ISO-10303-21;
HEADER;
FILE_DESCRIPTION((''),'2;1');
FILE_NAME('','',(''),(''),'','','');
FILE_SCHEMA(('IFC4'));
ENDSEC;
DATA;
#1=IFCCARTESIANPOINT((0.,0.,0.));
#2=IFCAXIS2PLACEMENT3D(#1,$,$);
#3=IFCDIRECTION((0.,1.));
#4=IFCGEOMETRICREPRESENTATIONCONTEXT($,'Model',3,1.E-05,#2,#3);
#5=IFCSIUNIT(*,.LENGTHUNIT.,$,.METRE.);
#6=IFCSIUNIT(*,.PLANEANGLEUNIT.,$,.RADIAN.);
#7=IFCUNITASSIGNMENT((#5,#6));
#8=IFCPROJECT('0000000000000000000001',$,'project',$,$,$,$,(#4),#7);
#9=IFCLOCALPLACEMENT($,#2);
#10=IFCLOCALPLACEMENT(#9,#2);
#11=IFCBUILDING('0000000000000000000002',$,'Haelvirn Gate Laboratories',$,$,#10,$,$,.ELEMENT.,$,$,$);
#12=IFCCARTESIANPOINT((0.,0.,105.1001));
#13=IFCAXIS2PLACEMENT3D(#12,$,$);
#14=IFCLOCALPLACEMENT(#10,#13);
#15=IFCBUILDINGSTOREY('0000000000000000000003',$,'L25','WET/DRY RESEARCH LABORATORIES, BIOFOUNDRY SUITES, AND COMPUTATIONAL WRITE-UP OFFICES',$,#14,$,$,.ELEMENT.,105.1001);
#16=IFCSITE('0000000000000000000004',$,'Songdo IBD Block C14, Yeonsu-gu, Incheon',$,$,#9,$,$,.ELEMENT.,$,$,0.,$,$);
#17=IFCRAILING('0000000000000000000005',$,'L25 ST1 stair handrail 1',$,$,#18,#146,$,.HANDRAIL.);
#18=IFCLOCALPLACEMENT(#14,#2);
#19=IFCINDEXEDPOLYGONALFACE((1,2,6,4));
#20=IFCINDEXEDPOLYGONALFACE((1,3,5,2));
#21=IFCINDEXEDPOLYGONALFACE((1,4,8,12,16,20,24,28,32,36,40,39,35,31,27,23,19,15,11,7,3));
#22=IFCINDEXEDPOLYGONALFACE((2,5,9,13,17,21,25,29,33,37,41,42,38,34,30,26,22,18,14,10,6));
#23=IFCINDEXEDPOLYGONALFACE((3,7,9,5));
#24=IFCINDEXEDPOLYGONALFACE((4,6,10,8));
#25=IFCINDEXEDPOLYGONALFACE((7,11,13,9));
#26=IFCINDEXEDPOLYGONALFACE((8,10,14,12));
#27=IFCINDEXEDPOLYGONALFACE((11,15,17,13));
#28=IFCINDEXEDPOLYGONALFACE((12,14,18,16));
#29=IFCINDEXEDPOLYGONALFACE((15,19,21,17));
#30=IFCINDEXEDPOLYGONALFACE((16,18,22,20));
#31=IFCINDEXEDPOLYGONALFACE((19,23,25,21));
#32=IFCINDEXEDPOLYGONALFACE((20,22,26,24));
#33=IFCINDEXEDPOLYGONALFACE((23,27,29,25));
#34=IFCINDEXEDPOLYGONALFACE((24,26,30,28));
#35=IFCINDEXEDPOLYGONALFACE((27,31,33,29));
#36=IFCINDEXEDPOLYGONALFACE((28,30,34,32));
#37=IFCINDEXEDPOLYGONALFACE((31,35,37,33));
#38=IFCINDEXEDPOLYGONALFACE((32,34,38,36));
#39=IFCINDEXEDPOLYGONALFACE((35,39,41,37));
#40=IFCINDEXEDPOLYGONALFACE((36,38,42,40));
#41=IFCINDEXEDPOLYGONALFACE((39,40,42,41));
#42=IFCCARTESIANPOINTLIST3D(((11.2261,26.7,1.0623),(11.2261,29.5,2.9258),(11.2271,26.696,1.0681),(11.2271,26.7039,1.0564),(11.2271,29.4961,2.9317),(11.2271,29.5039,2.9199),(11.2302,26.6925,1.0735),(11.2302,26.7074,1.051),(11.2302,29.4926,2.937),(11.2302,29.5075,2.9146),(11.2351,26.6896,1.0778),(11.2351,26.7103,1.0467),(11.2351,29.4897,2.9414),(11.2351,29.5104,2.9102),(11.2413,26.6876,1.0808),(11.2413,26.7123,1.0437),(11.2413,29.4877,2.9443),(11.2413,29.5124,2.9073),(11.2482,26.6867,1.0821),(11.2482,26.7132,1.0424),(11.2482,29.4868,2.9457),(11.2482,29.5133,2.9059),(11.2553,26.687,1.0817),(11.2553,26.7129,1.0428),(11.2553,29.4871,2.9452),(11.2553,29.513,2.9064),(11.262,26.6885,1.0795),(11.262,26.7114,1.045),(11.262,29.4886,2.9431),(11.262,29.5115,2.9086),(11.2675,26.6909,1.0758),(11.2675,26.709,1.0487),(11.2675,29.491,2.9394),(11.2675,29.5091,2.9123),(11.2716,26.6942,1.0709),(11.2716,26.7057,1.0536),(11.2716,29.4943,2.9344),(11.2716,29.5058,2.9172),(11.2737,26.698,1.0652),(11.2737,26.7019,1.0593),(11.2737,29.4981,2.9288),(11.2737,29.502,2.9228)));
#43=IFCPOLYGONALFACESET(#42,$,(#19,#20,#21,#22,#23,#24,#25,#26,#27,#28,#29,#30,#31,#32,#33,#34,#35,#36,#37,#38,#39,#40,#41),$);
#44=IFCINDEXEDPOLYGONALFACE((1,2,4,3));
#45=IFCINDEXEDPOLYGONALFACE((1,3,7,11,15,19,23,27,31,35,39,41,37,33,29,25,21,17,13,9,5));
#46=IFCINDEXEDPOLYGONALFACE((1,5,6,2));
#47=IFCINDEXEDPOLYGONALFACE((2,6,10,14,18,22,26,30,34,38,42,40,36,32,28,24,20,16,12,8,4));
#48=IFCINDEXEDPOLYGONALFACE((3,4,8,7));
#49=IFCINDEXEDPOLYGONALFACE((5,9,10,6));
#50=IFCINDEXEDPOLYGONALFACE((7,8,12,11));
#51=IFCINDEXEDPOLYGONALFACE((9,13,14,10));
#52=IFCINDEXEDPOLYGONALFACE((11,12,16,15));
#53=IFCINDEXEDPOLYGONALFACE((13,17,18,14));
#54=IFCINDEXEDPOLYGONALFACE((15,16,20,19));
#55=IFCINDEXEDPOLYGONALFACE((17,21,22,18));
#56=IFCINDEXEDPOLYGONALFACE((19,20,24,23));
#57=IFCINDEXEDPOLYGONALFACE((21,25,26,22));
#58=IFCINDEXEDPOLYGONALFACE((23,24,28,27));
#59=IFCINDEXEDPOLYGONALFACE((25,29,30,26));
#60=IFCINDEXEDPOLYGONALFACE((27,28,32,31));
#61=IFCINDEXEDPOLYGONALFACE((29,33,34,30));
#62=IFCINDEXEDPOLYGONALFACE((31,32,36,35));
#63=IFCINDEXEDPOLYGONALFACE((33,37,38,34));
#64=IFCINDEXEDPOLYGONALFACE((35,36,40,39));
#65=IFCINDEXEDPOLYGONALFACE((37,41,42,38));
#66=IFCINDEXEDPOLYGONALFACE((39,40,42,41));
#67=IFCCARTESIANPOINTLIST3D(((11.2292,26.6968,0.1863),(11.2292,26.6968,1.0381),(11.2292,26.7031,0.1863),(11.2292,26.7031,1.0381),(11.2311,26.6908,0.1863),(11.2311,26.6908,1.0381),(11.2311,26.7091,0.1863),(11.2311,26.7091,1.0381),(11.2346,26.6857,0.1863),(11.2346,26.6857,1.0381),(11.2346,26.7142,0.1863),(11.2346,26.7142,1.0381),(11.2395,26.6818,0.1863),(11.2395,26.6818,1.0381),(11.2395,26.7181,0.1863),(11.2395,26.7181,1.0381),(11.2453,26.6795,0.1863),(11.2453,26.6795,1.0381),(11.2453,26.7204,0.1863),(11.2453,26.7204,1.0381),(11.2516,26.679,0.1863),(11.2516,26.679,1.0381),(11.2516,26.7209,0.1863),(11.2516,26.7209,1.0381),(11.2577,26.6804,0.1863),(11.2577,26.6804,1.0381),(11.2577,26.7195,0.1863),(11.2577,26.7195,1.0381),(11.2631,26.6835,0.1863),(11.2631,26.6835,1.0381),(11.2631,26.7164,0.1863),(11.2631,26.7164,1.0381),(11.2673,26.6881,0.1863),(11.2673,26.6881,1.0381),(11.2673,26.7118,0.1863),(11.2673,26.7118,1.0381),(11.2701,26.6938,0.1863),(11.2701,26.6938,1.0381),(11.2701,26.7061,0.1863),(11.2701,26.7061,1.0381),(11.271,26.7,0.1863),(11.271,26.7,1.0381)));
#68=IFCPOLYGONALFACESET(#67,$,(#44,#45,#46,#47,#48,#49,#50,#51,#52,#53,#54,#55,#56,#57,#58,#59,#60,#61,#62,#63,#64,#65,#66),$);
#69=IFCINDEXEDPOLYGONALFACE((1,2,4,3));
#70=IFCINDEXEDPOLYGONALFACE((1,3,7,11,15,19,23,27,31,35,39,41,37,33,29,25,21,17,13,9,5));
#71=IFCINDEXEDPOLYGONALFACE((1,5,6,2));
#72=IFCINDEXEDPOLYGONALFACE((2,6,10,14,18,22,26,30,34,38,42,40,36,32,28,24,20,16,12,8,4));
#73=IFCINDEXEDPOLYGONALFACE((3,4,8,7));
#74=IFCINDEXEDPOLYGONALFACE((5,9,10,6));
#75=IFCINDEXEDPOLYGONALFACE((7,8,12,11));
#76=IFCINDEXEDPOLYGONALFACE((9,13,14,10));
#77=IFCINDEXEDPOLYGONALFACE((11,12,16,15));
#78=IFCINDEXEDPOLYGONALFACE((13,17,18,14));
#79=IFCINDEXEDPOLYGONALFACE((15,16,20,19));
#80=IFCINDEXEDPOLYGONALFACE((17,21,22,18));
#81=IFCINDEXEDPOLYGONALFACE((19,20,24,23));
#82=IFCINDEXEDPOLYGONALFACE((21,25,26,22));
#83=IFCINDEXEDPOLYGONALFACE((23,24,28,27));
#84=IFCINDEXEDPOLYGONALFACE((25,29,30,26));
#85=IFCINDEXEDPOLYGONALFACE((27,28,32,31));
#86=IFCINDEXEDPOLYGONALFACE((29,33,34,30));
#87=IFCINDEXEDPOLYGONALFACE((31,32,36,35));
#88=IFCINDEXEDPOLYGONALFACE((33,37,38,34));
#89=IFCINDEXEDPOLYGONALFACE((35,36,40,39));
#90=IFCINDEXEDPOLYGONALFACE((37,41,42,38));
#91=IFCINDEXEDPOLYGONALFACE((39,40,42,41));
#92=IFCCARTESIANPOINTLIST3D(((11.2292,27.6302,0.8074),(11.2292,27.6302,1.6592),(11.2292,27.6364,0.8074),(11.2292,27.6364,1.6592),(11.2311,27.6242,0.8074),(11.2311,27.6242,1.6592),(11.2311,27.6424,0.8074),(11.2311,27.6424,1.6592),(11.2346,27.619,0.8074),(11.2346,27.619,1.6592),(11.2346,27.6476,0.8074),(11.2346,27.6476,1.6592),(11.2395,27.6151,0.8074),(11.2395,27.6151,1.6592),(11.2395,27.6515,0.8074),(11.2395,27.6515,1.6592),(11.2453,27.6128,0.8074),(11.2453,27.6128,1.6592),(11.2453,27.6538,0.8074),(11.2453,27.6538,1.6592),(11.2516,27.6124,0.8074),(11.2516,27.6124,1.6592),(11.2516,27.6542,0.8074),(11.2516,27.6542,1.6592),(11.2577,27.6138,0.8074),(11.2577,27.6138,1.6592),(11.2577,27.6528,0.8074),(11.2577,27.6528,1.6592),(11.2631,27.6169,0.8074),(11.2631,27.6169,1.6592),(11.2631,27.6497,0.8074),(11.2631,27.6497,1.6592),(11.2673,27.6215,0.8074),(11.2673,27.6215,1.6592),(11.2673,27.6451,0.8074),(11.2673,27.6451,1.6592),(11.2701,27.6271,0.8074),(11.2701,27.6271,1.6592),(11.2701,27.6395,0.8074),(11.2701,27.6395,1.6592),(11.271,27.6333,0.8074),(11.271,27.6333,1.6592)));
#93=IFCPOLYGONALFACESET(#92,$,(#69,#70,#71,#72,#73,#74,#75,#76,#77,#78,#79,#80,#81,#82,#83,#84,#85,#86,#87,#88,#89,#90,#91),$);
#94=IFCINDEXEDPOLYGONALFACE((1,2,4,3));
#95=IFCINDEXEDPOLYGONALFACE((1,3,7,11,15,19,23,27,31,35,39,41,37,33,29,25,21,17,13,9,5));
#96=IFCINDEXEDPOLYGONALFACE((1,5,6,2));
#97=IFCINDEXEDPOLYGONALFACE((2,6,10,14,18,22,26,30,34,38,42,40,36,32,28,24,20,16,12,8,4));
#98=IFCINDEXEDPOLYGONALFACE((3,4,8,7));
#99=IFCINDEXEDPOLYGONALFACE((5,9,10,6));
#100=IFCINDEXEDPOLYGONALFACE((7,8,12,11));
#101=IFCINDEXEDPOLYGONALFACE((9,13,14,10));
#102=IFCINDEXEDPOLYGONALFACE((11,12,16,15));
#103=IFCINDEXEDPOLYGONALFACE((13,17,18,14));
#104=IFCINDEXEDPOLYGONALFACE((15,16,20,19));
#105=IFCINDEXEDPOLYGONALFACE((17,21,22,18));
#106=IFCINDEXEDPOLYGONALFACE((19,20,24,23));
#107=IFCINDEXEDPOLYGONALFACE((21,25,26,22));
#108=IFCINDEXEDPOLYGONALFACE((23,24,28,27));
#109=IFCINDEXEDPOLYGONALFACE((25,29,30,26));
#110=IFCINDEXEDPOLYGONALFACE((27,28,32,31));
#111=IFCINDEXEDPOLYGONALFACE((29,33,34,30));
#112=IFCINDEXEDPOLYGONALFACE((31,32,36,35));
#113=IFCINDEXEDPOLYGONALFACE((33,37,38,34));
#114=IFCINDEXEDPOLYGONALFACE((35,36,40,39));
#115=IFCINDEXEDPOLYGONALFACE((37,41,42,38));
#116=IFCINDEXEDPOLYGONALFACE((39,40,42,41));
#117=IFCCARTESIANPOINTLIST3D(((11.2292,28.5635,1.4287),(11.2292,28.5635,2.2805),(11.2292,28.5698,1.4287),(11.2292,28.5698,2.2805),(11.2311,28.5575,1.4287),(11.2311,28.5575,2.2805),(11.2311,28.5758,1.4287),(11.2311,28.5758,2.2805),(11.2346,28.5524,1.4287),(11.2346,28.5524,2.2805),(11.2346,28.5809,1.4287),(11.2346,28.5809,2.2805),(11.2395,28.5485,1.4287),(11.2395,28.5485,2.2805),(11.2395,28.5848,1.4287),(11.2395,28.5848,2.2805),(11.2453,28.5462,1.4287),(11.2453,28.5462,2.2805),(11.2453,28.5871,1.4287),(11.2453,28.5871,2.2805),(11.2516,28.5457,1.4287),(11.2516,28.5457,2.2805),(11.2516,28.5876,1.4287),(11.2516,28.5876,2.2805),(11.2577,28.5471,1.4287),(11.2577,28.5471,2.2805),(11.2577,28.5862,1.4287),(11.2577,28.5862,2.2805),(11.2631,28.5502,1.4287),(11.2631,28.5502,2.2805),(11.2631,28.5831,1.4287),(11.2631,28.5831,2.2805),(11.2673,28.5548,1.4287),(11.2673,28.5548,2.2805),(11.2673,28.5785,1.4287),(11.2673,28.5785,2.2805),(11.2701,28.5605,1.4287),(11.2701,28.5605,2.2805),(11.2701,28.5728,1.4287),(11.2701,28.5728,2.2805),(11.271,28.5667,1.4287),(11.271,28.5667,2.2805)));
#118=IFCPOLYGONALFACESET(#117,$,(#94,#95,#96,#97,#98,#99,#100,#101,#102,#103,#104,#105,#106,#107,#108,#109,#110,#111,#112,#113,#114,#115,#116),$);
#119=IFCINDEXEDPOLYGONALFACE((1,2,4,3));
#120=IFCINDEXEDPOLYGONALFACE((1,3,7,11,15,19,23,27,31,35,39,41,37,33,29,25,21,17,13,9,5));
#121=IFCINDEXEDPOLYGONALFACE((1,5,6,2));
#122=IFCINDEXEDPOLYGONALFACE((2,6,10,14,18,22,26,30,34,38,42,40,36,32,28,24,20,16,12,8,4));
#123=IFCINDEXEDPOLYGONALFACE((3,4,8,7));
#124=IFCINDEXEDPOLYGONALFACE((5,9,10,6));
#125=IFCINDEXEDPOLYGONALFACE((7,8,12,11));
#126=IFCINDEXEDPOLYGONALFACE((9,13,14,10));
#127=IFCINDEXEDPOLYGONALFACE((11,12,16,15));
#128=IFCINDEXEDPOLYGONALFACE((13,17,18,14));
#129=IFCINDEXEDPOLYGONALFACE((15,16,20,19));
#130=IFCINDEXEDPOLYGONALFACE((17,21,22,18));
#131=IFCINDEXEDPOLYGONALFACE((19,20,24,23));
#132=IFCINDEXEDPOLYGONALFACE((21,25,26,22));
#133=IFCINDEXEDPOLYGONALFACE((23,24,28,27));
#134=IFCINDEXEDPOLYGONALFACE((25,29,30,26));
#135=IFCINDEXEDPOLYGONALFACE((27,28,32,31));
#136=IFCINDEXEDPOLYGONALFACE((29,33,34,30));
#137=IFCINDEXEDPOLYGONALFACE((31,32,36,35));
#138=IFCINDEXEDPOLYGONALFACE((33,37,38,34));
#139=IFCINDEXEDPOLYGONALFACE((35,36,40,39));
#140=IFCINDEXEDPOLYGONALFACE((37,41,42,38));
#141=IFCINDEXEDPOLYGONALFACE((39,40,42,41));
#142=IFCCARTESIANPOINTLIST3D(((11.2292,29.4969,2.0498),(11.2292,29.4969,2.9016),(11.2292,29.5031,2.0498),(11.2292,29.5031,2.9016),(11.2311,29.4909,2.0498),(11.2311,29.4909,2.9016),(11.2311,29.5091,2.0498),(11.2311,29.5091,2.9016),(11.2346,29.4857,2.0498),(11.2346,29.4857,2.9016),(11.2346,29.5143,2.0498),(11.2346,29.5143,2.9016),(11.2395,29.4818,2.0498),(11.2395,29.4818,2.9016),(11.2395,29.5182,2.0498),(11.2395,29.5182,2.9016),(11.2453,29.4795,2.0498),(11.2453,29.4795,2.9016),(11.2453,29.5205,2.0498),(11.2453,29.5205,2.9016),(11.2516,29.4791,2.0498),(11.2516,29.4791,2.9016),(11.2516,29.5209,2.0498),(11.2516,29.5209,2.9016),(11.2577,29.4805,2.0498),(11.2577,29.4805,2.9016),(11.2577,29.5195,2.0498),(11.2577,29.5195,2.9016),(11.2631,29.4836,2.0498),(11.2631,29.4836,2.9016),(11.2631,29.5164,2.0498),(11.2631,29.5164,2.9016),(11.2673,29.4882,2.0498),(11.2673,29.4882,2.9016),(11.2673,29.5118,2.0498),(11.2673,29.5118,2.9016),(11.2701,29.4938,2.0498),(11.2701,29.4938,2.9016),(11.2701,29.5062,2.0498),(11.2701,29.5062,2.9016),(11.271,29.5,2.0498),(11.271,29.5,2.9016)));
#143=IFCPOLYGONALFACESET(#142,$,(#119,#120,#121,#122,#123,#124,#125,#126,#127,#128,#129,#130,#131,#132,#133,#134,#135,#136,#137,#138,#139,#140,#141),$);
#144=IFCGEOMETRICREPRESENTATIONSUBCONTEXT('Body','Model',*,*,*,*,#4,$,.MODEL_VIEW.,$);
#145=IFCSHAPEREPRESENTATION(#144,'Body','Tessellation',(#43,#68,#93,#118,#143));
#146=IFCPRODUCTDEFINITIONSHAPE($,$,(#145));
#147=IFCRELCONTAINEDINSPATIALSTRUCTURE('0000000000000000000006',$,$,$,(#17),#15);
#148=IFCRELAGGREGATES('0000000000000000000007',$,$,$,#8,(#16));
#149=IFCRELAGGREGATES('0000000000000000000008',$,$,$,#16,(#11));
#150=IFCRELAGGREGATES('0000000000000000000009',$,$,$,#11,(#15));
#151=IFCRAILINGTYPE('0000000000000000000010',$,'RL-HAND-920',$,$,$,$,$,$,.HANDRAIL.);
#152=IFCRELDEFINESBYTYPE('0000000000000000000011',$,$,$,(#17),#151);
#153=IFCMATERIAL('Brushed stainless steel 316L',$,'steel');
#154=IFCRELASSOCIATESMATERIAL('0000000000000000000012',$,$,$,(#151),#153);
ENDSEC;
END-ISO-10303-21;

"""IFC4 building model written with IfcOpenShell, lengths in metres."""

from ifc_helpers import new_model, si_unit, direction, frame, origin, origin_2d, place, context, subcontext, project, spatial, circle, extrude, source, transform, mapped, material, type_object, element, save


model = new_model("IFC4")

# Units and contexts
model_context = context("Model", 3, precision=1e-05, world=origin(), true_north=direction((0.0, 1.0)))
body_context = subcontext(model_context, "Body", "Model", "MODEL_VIEW")
ifc_project = project(units=[si_unit("LENGTHUNIT", "METRE"), si_unit("PLANEANGLEUNIT", "RADIAN")], contexts=[model_context])

# Site, building, storey
site_placement = place(None, origin())
site = spatial("IfcSite", under=ifc_project, at=site_placement, Name="Songdo IBD Block C14, Yeonsu-gu, Incheon", CompositionType="ELEMENT", RefElevation=0.0)
building_placement = place(site_placement, origin())
building = spatial("IfcBuilding", under=site, at=building_placement, Name="Haelvirn Gate Laboratories", CompositionType="ELEMENT")
storey_placement = place(building_placement, frame((0.0, 0.0, 105.1001)))
storey = spatial("IfcBuildingStorey", under=building, at=storey_placement, Name="L25", Description="WET/DRY RESEARCH LABORATORIES, BIOFOUNDRY SUITES, AND COMPUTATIONAL WRITE-UP OFFICES", CompositionType="ELEMENT", Elevation=105.1001)

# Railing
ifc_material_1 = material(Name="Brushed stainless steel 316L", Category="steel")
railing_type_1 = type_object("IfcRailingType", Name="RL-HAND-920", PredefinedType="HANDRAIL", material=ifc_material_1)
shared_shape_1 = source(origin(), body_context, "Body", "SweptSolid", [
    extrude(circle(Radius=0.0239, at=origin_2d()), frame((0.0, 0.0, 0.876), z_axis=(0.0, 0.832486, 0.554047), x_axis=(-1.0, 0.0, 0.0)), (0.0, 0.0, 1.0), 3.3635),
    extrude(circle(Radius=0.021, at=origin_2d()), origin(), (0.0, 0.0, 1.0), 0.8518),
    extrude(circle(Radius=0.021, at=origin_2d()), frame((0.0, 0.9333, 0.6211)), (0.0, 0.0, 1.0), 0.8518),
    extrude(circle(Radius=0.021, at=origin_2d()), frame((0.0, 1.8667, 1.2424)), (0.0, 0.0, 1.0), 0.8518),
    extrude(circle(Radius=0.021, at=origin_2d()), frame((0.0, 2.8, 1.8635)), (0.0, 0.0, 1.0), 0.8518),
])
railing_1_placement = place(storey_placement, frame((11.25, 26.7, 0.1863)))
element("IfcRailing", 1, at=railing_1_placement, inside=storey, type_object=railing_type_1, Name="L25 ST1 stair handrail 1", PredefinedType="HANDRAIL", context=body_context, shape_type="MappedRepresentation", body=[
    mapped(shared_shape_1, transform((0.0, 0.0, 0.0), scale=1.0)),
])

save(model, "model.ifc")
